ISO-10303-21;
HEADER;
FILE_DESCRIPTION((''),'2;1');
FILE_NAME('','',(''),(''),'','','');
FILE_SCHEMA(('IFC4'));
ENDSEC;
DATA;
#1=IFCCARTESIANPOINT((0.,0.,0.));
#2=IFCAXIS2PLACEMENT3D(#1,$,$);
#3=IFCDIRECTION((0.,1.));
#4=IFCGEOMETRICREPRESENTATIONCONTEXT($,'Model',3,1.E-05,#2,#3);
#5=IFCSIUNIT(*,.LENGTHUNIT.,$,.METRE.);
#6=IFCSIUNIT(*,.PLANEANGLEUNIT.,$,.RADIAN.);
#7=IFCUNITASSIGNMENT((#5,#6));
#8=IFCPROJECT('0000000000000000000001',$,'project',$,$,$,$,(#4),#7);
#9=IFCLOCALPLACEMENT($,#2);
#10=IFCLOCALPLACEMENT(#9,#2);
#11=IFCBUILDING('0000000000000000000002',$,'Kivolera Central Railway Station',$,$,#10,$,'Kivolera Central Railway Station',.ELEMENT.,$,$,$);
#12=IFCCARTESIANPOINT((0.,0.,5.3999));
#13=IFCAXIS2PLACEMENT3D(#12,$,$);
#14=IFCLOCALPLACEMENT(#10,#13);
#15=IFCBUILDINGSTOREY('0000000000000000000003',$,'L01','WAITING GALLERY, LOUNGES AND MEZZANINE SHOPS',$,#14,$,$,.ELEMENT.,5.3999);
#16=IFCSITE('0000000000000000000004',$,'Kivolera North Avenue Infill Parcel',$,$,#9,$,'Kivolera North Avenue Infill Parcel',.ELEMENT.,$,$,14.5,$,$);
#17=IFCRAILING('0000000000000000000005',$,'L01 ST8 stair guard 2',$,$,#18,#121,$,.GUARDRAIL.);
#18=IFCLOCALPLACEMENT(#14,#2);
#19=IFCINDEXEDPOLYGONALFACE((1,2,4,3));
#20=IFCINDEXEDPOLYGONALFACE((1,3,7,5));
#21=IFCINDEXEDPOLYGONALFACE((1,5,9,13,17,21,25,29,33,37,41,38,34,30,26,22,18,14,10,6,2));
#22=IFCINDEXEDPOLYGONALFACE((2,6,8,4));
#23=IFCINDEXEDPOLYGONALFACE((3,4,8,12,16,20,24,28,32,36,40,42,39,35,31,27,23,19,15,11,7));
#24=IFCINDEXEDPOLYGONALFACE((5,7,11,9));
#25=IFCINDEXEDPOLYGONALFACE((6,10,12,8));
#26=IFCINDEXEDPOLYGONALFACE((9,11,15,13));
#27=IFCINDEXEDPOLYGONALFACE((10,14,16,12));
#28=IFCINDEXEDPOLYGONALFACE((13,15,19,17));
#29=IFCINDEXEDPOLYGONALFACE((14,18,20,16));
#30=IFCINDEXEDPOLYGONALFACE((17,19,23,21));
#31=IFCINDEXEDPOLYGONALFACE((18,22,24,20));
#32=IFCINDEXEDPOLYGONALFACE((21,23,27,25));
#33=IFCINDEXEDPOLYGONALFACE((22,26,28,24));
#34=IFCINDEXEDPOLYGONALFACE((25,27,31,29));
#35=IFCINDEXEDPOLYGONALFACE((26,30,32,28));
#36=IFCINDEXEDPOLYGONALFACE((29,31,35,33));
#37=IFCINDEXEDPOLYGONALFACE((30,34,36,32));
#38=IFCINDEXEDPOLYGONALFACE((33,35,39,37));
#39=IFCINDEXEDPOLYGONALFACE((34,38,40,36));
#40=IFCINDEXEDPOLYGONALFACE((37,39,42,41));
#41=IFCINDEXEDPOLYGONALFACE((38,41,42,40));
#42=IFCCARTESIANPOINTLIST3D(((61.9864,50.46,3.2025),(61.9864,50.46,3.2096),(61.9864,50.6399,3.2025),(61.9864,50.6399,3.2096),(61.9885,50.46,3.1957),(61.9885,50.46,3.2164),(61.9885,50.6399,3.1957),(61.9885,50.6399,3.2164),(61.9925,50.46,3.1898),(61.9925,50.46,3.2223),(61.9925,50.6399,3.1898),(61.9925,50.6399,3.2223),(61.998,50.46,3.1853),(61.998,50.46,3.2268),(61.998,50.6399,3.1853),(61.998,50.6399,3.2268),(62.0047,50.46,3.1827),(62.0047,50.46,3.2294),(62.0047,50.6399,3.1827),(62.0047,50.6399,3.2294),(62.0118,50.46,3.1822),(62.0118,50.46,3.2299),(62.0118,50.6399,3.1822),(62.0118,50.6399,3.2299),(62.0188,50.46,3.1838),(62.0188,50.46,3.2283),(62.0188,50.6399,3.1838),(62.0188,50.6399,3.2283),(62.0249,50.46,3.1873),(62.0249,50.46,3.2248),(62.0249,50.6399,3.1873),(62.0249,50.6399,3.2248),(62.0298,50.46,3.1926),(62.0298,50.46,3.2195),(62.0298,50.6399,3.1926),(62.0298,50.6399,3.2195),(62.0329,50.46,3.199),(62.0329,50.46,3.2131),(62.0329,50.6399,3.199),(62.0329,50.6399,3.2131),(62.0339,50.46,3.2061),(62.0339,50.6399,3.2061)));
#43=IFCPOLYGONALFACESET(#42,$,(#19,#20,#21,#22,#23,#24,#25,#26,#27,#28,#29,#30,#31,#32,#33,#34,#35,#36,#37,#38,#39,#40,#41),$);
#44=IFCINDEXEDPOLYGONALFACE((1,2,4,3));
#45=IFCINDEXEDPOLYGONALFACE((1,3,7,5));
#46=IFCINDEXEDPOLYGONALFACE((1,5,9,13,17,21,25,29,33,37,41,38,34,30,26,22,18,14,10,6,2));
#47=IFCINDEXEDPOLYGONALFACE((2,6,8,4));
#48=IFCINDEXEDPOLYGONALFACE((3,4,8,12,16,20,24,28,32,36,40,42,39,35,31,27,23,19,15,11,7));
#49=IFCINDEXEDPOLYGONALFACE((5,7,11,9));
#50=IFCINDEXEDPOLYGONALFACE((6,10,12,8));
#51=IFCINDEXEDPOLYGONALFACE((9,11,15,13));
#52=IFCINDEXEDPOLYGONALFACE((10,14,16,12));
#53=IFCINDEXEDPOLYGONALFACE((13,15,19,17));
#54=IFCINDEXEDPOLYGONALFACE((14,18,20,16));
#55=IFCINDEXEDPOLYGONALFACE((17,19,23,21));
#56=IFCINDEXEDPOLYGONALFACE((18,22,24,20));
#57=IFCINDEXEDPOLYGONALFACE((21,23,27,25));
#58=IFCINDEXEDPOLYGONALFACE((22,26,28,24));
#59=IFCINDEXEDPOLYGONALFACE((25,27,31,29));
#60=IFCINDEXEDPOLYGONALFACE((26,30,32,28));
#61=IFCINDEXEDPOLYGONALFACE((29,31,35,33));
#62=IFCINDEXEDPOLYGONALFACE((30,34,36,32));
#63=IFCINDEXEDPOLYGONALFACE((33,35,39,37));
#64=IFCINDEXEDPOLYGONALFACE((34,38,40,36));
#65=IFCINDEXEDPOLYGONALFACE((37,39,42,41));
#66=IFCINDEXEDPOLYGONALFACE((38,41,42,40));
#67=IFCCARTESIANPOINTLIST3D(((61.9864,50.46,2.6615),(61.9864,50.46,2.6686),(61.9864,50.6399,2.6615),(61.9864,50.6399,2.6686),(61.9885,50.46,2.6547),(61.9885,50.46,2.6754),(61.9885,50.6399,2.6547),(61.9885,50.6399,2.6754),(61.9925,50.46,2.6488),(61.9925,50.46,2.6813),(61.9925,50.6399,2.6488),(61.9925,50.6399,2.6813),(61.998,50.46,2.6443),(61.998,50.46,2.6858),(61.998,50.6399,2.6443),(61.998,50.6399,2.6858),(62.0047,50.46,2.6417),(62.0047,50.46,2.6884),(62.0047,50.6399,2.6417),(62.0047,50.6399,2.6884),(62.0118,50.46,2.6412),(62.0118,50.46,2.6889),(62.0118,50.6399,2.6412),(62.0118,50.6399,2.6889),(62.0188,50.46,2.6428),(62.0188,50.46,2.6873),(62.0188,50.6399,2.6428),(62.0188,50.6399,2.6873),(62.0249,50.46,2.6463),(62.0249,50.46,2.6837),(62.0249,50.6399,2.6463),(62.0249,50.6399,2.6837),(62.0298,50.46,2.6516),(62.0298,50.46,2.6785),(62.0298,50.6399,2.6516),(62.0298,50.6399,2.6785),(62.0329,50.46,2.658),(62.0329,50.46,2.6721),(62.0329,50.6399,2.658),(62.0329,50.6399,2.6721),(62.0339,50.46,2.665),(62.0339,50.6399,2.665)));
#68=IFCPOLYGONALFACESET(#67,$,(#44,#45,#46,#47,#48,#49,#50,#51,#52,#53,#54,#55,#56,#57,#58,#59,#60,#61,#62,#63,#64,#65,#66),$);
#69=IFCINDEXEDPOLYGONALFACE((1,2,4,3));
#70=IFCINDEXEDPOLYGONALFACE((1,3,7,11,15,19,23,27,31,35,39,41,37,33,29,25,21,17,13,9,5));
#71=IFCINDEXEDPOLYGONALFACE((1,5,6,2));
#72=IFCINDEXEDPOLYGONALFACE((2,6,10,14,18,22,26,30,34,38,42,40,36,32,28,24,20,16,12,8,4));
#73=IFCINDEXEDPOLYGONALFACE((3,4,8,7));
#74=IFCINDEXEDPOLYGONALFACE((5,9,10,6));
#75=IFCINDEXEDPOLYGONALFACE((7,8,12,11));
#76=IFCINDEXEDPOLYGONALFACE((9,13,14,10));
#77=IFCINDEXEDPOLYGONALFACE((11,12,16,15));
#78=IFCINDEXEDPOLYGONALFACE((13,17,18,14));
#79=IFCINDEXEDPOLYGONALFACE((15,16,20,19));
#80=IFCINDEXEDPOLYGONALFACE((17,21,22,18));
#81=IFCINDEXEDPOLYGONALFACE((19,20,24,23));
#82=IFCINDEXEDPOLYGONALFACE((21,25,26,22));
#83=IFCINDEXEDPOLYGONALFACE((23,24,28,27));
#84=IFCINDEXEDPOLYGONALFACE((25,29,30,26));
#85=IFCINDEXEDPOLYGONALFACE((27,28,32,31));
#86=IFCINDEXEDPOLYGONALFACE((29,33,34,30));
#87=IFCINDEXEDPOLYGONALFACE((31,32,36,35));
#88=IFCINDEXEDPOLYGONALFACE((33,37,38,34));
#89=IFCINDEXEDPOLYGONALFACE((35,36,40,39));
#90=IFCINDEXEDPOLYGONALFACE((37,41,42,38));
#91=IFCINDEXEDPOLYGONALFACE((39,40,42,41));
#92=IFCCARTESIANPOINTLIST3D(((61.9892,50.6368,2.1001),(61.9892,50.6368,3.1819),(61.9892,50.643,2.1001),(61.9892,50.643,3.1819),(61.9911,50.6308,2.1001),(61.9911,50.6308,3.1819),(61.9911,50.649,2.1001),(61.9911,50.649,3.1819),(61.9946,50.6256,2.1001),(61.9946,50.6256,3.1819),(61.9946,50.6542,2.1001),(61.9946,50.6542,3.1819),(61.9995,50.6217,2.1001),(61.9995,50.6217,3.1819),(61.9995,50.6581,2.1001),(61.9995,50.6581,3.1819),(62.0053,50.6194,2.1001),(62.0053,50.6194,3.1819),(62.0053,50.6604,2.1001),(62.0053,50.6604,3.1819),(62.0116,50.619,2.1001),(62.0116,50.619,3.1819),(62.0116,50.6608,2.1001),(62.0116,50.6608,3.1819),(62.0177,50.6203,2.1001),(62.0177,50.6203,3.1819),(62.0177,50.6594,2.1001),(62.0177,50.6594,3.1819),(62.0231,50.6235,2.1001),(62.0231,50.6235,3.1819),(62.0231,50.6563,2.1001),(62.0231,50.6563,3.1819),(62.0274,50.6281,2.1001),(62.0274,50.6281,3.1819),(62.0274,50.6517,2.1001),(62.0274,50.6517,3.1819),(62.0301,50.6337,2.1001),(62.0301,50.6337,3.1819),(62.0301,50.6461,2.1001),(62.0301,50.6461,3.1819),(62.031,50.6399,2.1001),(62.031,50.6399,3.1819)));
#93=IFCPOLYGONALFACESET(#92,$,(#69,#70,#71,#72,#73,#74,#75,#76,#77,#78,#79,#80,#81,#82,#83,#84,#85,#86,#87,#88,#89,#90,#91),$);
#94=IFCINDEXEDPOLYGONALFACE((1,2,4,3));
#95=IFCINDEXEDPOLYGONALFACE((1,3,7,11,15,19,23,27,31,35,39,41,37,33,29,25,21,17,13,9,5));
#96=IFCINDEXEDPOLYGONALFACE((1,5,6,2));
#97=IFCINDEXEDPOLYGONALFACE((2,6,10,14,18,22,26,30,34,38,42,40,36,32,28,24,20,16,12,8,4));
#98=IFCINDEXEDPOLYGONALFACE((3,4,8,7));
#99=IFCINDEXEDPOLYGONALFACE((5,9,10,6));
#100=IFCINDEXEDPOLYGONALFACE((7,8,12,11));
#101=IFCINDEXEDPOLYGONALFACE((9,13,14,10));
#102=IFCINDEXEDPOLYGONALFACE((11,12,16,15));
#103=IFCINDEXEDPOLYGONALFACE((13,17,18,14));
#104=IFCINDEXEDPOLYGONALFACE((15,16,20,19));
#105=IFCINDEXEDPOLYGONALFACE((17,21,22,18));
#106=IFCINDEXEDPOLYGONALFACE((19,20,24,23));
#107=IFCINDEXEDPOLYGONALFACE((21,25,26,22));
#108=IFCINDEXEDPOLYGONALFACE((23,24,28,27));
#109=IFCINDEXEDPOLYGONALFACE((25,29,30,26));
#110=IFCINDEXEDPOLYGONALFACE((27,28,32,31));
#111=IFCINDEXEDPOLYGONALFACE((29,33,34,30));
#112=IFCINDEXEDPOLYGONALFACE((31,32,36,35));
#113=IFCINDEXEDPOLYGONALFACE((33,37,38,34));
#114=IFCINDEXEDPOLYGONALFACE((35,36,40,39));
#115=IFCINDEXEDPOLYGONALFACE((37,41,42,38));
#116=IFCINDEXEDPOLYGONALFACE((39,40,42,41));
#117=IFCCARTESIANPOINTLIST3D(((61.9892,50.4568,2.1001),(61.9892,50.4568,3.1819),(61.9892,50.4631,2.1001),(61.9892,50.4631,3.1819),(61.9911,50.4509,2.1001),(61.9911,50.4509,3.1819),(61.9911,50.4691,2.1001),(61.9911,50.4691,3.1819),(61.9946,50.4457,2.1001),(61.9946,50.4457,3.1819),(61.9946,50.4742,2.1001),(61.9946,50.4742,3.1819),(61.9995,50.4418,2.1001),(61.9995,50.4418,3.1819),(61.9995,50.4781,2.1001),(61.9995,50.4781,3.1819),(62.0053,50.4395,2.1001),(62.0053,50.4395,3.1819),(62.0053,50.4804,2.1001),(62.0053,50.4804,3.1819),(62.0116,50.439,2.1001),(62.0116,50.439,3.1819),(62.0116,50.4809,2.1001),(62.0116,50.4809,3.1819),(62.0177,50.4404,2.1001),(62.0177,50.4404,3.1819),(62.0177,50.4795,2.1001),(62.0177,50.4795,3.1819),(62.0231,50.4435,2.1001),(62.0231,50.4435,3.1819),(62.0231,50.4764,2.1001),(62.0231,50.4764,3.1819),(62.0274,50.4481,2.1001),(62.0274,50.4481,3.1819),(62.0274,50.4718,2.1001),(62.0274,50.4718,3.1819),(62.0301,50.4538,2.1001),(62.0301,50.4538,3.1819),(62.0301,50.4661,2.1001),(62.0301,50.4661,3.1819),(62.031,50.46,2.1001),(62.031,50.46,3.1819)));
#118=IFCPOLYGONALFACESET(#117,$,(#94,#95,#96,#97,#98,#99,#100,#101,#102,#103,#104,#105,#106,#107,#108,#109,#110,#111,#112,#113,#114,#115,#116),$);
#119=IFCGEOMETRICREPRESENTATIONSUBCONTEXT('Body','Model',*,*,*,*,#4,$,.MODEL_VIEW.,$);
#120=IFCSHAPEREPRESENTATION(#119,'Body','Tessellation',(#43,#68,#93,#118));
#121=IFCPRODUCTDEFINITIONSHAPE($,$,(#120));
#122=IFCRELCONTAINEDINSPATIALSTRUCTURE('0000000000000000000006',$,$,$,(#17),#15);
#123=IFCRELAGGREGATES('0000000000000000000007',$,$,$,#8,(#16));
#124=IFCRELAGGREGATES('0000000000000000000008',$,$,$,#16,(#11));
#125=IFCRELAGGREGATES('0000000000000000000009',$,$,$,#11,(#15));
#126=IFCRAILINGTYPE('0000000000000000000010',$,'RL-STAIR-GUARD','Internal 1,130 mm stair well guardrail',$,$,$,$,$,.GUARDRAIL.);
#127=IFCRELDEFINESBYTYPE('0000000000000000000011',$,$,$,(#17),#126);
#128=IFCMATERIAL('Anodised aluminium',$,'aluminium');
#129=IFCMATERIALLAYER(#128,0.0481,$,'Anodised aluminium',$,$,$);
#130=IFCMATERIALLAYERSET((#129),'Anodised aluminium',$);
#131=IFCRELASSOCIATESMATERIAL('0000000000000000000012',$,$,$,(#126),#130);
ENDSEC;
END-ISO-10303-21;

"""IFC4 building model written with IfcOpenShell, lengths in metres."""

from ifc_helpers import new_model, si_unit, direction, frame, origin, origin_2d, place, context, subcontext, project, spatial, circle, extrude, material, layer, layer_set, type_object, element, save


model = new_model("IFC4")

# Units and contexts
model_context = context("Model", 3, precision=1e-05, world=origin(), true_north=direction((0.0, 1.0)))
body_context = subcontext(model_context, "Body", "Model", "MODEL_VIEW")
ifc_project = project(units=[si_unit("LENGTHUNIT", "METRE"), si_unit("PLANEANGLEUNIT", "RADIAN")], contexts=[model_context])

# Site, building, storey
site_placement = place(None, origin())
site = spatial("IfcSite", under=ifc_project, at=site_placement, Name="Kivolera North Avenue Infill Parcel", LongName="Kivolera North Avenue Infill Parcel", CompositionType="ELEMENT", RefElevation=14.5)
building_placement = place(site_placement, origin())
building = spatial("IfcBuilding", under=site, at=building_placement, Name="Kivolera Central Railway Station", LongName="Kivolera Central Railway Station", CompositionType="ELEMENT")
storey_placement = place(building_placement, frame((0.0, 0.0, 5.3999)))
storey = spatial("IfcBuildingStorey", under=building, at=storey_placement, Name="L01", Description="WAITING GALLERY, LOUNGES AND MEZZANINE SHOPS", CompositionType="ELEMENT", Elevation=5.3999)

# Shared definitions
ifc_material_1 = material(Name="Anodised aluminium", Category="aluminium")

# Railing
ifc_layer_1 = layer(ifc_material_1, 0.0481, Name="Anodised aluminium")
ifc_layer_set_1 = layer_set([ifc_layer_1], Name="Anodised aluminium")
railing_type = type_object("IfcRailingType", Name="RL-STAIR-GUARD", Description="Internal 1,130 mm stair well guardrail", PredefinedType="GUARDRAIL", material=ifc_layer_set_1)
railing_1_placement = place(storey_placement, frame((62.01, 50.6399, 2.1001)))
element("IfcRailing", 1, at=railing_1_placement, inside=storey, type_object=railing_type, Name="L01 ST8 stair guard 2", PredefinedType="GUARDRAIL", context=body_context, shape_type="SweptSolid", body=[
    extrude(circle(Radius=0.0239, at=origin_2d()), frame((0.0, 0.0, 1.106), z_axis=(0.0, -1.0, 0.0), x_axis=(1.0, 0.0, 0.0)), (0.0, 0.0, 1.0), 0.1799),
    extrude(circle(Radius=0.0239, at=origin_2d()), frame((0.0, 0.0, 0.5649), z_axis=(0.0, -1.0, 0.0), x_axis=(1.0, 0.0, 0.0)), (0.0, 0.0, 1.0), 0.1799),
    extrude(circle(Radius=0.021, at=origin_2d()), origin(), (0.0, 0.0, 1.0), 1.0818),
    extrude(circle(Radius=0.021, at=origin_2d()), frame((0.0, -0.1799, 0.0)), (0.0, 0.0, 1.0), 1.0818),
])

save(model, "model.ifc")
